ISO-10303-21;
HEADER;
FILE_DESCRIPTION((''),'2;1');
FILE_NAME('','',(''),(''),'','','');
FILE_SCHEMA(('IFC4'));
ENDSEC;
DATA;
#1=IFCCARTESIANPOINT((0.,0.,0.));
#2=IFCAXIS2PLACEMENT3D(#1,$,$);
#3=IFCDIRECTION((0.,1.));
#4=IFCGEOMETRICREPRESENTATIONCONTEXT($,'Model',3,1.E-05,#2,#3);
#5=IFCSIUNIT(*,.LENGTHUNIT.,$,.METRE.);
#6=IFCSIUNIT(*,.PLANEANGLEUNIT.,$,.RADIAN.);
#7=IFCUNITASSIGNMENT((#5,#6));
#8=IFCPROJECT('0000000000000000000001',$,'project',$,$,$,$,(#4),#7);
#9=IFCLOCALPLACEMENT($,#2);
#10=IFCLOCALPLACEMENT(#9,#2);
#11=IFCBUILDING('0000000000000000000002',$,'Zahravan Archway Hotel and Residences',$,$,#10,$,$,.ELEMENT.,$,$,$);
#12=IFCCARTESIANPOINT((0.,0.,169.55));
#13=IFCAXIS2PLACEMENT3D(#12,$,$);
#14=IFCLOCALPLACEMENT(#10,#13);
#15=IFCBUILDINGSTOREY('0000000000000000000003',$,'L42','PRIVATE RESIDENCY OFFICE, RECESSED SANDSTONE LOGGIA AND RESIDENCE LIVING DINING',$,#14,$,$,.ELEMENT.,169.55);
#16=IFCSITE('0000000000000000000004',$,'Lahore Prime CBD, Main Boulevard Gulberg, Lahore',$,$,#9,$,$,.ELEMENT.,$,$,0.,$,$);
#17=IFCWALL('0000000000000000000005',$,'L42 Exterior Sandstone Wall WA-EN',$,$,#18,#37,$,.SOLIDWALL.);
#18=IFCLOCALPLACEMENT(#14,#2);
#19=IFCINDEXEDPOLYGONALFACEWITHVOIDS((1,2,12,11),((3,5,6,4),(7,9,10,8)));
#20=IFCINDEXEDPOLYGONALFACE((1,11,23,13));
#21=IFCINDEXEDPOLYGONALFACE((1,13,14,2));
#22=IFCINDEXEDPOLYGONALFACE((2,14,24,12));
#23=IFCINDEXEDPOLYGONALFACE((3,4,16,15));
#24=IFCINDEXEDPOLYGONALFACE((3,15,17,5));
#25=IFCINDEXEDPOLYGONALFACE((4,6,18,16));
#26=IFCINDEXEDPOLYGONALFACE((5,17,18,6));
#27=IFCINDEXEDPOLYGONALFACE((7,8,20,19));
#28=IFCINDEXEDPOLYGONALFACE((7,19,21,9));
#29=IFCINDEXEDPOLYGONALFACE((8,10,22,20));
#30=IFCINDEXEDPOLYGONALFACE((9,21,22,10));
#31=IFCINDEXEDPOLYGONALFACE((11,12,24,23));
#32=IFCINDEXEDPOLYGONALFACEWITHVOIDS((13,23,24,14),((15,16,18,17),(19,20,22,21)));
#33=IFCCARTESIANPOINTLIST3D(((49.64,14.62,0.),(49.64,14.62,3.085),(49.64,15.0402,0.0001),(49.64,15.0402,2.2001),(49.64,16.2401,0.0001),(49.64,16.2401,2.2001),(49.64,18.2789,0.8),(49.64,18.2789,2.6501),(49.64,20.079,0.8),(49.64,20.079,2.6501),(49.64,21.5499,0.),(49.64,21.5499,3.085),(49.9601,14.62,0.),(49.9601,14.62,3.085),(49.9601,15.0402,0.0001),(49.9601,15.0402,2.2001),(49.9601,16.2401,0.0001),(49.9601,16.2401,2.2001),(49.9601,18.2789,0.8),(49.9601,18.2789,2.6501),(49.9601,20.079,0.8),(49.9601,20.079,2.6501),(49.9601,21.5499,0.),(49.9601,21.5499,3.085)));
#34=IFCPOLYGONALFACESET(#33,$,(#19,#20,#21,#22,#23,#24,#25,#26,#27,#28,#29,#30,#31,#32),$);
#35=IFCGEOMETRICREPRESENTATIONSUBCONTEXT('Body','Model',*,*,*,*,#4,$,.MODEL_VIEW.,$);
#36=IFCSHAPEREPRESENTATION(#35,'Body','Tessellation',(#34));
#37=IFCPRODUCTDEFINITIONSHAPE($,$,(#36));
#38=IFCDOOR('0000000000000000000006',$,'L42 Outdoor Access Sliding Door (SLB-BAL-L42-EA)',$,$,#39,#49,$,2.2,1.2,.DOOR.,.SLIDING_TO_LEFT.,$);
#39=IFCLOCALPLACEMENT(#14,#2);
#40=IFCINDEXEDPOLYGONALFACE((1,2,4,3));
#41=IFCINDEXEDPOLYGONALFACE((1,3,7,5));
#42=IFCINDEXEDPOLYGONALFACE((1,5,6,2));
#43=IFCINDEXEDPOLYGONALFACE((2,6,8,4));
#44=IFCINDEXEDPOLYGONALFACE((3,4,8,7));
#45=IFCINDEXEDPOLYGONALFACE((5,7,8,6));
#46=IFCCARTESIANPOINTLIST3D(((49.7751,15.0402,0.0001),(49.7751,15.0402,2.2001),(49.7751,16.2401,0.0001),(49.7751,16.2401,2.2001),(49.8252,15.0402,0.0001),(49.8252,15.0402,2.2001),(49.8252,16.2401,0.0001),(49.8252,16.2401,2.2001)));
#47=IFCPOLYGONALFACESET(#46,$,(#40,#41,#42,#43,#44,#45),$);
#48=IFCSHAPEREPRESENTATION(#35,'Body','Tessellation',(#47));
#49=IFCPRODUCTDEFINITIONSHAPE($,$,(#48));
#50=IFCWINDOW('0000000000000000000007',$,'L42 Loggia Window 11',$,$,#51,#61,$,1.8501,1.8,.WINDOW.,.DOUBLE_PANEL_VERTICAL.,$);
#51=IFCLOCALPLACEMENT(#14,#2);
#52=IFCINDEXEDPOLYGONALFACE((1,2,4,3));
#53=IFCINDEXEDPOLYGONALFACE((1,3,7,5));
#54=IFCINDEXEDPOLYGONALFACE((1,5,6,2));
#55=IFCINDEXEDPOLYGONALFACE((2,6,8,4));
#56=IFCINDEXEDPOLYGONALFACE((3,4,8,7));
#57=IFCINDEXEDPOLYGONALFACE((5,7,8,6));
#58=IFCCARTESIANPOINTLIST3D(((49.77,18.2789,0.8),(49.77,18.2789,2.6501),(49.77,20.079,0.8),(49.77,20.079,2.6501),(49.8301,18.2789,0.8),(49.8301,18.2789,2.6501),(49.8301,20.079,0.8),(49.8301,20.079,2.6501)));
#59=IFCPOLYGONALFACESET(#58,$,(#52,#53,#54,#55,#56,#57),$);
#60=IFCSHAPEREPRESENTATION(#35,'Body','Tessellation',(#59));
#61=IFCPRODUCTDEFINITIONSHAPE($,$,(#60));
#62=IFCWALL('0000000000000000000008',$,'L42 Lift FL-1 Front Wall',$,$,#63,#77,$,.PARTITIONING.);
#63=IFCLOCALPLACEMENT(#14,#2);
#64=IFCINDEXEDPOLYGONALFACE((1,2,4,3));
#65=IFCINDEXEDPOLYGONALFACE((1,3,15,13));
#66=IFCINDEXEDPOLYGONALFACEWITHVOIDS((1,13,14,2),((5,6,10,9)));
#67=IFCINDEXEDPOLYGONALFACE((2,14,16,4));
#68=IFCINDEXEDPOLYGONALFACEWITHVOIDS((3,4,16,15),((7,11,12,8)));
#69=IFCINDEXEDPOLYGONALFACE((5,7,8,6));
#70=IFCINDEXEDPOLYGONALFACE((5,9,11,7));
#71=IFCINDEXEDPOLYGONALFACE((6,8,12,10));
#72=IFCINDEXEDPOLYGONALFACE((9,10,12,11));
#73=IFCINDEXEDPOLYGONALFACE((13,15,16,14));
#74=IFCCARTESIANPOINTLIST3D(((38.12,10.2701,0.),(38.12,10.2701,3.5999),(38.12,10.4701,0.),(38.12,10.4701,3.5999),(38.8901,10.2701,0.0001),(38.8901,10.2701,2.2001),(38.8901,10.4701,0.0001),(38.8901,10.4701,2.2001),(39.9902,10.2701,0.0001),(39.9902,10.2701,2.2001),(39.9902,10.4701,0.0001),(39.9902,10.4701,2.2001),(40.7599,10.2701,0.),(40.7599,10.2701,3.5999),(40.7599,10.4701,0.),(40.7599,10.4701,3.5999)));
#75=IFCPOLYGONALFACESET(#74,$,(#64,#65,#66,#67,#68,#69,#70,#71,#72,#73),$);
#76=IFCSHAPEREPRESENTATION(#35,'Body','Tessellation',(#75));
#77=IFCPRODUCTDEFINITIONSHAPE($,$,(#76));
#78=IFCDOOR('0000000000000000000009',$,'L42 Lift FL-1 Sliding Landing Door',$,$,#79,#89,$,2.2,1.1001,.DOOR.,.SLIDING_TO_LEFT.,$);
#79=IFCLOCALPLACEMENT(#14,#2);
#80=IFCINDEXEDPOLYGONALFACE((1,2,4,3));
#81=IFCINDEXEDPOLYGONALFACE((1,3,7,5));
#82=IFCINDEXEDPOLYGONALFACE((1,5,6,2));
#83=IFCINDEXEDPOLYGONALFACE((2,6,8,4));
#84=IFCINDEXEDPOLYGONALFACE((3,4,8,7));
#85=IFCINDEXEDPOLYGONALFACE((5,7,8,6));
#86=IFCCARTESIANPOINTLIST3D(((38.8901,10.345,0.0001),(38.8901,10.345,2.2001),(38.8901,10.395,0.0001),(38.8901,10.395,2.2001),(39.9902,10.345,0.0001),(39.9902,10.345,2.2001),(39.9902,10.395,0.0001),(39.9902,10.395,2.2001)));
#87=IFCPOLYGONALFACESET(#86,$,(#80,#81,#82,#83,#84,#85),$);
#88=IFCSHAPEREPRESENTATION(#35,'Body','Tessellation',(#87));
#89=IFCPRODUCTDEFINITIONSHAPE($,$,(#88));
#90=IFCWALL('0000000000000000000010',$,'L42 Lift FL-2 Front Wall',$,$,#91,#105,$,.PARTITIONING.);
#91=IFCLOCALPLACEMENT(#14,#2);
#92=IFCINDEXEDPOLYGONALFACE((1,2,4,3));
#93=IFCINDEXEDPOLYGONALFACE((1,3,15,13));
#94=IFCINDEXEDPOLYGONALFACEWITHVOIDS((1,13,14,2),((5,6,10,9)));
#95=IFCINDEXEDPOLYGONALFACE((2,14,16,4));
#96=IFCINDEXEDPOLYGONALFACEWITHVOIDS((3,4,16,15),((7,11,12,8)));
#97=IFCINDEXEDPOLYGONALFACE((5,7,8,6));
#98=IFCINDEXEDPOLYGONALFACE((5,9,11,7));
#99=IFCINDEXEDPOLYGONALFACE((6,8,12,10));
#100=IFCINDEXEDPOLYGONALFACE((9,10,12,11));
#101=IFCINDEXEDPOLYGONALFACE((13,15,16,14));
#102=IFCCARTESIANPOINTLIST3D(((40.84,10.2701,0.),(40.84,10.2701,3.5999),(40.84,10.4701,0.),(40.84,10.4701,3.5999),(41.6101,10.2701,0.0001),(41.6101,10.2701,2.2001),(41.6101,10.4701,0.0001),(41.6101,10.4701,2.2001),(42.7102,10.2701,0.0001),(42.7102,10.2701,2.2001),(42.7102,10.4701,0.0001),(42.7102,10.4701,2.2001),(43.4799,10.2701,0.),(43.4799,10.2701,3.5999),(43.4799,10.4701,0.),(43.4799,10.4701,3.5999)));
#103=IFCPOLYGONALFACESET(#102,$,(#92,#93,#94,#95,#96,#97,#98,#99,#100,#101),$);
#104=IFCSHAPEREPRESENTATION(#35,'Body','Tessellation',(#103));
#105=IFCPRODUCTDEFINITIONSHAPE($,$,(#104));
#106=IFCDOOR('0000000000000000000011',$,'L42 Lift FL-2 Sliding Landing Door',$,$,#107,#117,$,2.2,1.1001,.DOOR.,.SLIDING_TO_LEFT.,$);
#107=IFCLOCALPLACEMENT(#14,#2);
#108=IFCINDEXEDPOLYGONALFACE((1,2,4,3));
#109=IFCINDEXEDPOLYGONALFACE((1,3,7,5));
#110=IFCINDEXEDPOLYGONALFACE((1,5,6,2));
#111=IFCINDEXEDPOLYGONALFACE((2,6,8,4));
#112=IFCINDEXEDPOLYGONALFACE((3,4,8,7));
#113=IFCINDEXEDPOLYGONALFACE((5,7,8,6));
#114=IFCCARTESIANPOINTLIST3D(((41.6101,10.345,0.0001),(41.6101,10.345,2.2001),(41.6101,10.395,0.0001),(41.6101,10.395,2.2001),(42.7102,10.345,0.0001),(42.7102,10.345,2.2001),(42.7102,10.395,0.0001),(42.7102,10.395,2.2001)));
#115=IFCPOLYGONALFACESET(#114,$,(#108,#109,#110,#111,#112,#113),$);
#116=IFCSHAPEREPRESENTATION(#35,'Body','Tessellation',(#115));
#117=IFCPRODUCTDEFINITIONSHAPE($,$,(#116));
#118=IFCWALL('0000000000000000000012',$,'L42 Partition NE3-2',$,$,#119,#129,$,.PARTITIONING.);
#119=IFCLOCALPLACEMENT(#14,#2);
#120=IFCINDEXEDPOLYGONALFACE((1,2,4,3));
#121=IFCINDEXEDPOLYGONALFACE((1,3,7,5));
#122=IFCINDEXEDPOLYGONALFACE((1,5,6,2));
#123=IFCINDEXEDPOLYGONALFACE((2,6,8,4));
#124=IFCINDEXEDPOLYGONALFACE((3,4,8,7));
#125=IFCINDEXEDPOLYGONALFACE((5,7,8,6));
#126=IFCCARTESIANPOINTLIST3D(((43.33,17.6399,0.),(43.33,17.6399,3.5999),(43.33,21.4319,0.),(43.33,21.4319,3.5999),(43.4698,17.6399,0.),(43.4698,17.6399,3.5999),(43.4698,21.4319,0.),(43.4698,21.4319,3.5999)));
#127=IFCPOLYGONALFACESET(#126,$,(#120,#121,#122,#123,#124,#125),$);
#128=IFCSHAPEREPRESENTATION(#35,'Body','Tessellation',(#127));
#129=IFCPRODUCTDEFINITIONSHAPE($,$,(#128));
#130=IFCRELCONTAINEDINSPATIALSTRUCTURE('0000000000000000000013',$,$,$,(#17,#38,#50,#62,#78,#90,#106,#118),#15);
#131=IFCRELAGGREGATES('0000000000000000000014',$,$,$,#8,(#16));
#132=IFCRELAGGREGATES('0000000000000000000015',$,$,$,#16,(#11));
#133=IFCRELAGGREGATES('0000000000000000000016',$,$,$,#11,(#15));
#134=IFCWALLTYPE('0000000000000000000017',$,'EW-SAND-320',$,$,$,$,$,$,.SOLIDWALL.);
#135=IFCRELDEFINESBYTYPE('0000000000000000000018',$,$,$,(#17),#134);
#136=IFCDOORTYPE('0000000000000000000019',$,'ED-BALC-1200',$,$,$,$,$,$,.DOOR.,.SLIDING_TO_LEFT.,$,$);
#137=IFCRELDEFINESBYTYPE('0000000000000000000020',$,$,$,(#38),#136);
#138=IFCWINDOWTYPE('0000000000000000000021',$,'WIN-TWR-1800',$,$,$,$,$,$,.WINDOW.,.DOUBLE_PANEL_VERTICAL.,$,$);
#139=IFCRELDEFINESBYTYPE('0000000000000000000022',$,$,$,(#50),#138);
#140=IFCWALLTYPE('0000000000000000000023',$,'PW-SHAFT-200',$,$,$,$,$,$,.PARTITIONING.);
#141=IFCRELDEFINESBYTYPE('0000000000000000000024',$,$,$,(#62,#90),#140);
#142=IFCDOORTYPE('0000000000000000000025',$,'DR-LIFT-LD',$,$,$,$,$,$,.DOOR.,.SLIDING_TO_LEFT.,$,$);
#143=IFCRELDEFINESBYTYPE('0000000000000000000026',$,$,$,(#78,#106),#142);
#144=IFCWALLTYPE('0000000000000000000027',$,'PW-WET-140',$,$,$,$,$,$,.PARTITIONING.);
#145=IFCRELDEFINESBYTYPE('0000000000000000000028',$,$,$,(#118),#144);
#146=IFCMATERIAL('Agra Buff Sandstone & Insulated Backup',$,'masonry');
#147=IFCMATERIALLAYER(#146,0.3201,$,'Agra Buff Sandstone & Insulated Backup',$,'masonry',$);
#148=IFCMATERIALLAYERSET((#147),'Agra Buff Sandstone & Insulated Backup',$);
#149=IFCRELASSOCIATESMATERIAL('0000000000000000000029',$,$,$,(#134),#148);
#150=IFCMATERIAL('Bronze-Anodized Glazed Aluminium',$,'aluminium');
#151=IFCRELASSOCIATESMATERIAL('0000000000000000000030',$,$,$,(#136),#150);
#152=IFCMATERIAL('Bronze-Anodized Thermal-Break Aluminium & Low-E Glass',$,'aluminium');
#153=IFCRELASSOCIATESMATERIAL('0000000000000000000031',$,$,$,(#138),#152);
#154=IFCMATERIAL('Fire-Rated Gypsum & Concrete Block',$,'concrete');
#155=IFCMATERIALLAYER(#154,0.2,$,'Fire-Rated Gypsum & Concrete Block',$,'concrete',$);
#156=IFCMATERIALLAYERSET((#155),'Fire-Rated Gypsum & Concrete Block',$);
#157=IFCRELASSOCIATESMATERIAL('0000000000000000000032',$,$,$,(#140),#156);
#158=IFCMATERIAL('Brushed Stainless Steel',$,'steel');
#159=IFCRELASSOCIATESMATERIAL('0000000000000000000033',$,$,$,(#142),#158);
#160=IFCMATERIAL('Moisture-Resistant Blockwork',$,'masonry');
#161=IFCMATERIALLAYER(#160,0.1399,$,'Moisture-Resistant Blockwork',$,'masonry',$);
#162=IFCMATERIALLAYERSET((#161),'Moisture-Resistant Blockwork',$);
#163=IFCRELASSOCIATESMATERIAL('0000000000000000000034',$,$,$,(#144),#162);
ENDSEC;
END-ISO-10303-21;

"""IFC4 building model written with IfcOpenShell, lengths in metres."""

from ifc_helpers import new_model, si_unit, direction, frame, frame_2d, origin, place, context, subcontext, project, spatial, rectangle, extrude, source, transform, mapped, material, layer, layer_set, type_object, type_shapes, element, fill, save


model = new_model("IFC4")

# Units and contexts
model_context = context("Model", 3, precision=1e-05, world=origin(), true_north=direction((0.0, 1.0)))
body_context = subcontext(model_context, "Body", "Model", "MODEL_VIEW")
ifc_project = project(units=[si_unit("LENGTHUNIT", "METRE"), si_unit("PLANEANGLEUNIT", "RADIAN")], contexts=[model_context])

# Site, building, storey
site_placement = place(None, origin())
site = spatial("IfcSite", under=ifc_project, at=site_placement, Name="Lahore Prime CBD, Main Boulevard Gulberg, Lahore", CompositionType="ELEMENT", RefElevation=0.0)
building_placement = place(site_placement, origin())
building = spatial("IfcBuilding", under=site, at=building_placement, Name="Zahravan Archway Hotel and Residences", CompositionType="ELEMENT")
storey_placement = place(building_placement, frame((0.0, 0.0, 169.55)))
storey = spatial("IfcBuildingStorey", under=building, at=storey_placement, Name="L42", Description="PRIVATE RESIDENCY OFFICE, RECESSED SANDSTONE LOGGIA AND RESIDENCE LIVING DINING", CompositionType="ELEMENT", Elevation=169.55)

# Wall, openings, door, window
ifc_material_1 = material(Name="Agra Buff Sandstone & Insulated Backup", Category="masonry")
ifc_layer_1 = layer(ifc_material_1, 0.3201, Name="Agra Buff Sandstone & Insulated Backup", Category="masonry")
ifc_layer_set_1 = layer_set([ifc_layer_1], Name="Agra Buff Sandstone & Insulated Backup")
wall_type_1 = type_object("IfcWallType", Name="EW-SAND-320", PredefinedType="SOLIDWALL", material=ifc_layer_set_1)
wall_1_placement = place(storey_placement, frame((49.8, 14.6201, 0.0), z_axis=(0.0, 0.0, 1.0), x_axis=(0.0, 1.0, 0.0)))
wall_1 = element("IfcWall", 1, at=wall_1_placement, inside=storey, type_object=wall_type_1, Name="L42 Exterior Sandstone Wall WA-EN", PredefinedType="SOLIDWALL", context=body_context, shape_type="SweptSolid", body=[
    extrude(rectangle(XDim=6.9299, YDim=0.3201, at=frame_2d((3.4648, 0.0))), origin(), (0.0, 0.0, 1.0), 3.085),
])
opening_1_placement = place(wall_1_placement, frame((0.4199, 0.0, 0.0)))
opening_1 = element("IfcOpeningElement", 2, at=opening_1_placement, cuts=wall_1, PredefinedType="OPENING", context=body_context, shape_type="SweptSolid", body=[
    extrude(rectangle(XDim=1.2, YDim=2.2, at=frame_2d((0.6001, 1.1001))), frame((0.0, 0.1699, 0.0), z_axis=(0.0, -1.0, 0.0), x_axis=(1.0, 0.0, 0.0)), (0.0, 0.0, 1.0), 0.3401),
])
opening_2_placement = place(wall_1_placement, frame((3.6589, 0.0, 0.8)))
opening_2 = element("IfcOpeningElement", 3, at=opening_2_placement, cuts=wall_1, PredefinedType="OPENING", context=body_context, shape_type="SweptSolid", body=[
    extrude(rectangle(XDim=1.8, YDim=1.8501, at=frame_2d((0.8999, 0.925))), frame((0.0, 0.1699, 0.0), z_axis=(0.0, -1.0, 0.0), x_axis=(1.0, 0.0, 0.0)), (0.0, 0.0, 1.0), 0.3401),
])
ifc_material_2 = material(Name="Bronze-Anodized Glazed Aluminium", Category="aluminium")
door_type_1 = type_object("IfcDoorType", Name="ED-BALC-1200", OperationType="SLIDING_TO_LEFT", PredefinedType="DOOR", material=ifc_material_2)
shared_shape_1 = source(origin(), body_context, "Body", "SweptSolid", [
    extrude(rectangle(XDim=1.2, YDim=2.2, at=frame_2d((0.6001, 1.1001))), frame((0.0, 0.0249, 0.0), z_axis=(0.0, -1.0, 0.0), x_axis=(1.0, 0.0, 0.0)), (0.0, 0.0, 1.0), 0.05),
])
type_shapes(door_type_1, [shared_shape_1])
door_1_placement = place(opening_1_placement, origin())
door_1 = element("IfcDoor", 4, at=door_1_placement, inside=storey, type_object=door_type_1, Name="L42 Outdoor Access Sliding Door (SLB-BAL-L42-EA)", OperationType="SLIDING_TO_LEFT", OverallHeight=2.2, OverallWidth=1.2, PredefinedType="DOOR", context=body_context, shape_type="MappedRepresentation", body=[
    mapped(shared_shape_1, transform((0.0, 0.0, 0.0), scale=1.0)),
])
fill(opening_1, door_1)
ifc_material_3 = material(Name="Bronze-Anodized Thermal-Break Aluminium & Low-E Glass", Category="aluminium")
window_type = type_object("IfcWindowType", Name="WIN-TWR-1800", PartitioningType="DOUBLE_PANEL_VERTICAL", PredefinedType="WINDOW", material=ifc_material_3)
shared_shape_2 = source(origin(), body_context, "Body", "SweptSolid", [
    extrude(rectangle(XDim=1.8, YDim=1.8501, at=frame_2d((0.8999, 0.925))), frame((0.0, 0.03, 0.0), z_axis=(0.0, -1.0, 0.0), x_axis=(1.0, 0.0, 0.0)), (0.0, 0.0, 1.0), 0.0601),
])
type_shapes(window_type, [shared_shape_2])
window_placement = place(opening_2_placement, origin())
window = element("IfcWindow", 5, at=window_placement, inside=storey, type_object=window_type, Name="L42 Loggia Window 11", OverallHeight=1.8501, OverallWidth=1.8, PartitioningType="DOUBLE_PANEL_VERTICAL", PredefinedType="WINDOW", context=body_context, shape_type="MappedRepresentation", body=[
    mapped(shared_shape_2, transform((0.0, 0.0, 0.0), scale=1.0)),
])
fill(opening_2, window)

# Walls, openings, doors
ifc_material_4 = material(Name="Fire-Rated Gypsum & Concrete Block", Category="concrete")
ifc_layer_2 = layer(ifc_material_4, 0.2, Name="Fire-Rated Gypsum & Concrete Block", Category="concrete")
ifc_layer_set_2 = layer_set([ifc_layer_2], Name="Fire-Rated Gypsum & Concrete Block")
wall_type_2 = type_object("IfcWallType", Name="PW-SHAFT-200", PredefinedType="PARTITIONING", material=ifc_layer_set_2)
wall_2_placement = place(storey_placement, frame((38.1201, 10.3701, 0.0), z_axis=(0.0, 0.0, 1.0), x_axis=(1.0, 0.0, 0.0)))
wall_2 = element("IfcWall", 6, at=wall_2_placement, inside=storey, type_object=wall_type_2, Name="L42 Lift FL-1 Front Wall", PredefinedType="PARTITIONING", context=body_context, shape_type="SweptSolid", body=[
    extrude(rectangle(XDim=2.6399, YDim=0.2, at=frame_2d((1.3198, 0.0))), origin(), (0.0, 0.0, 1.0), 3.5999),
])
opening_3_placement = place(wall_2_placement, frame((0.77, 0.0, 0.0)))
opening_3 = element("IfcOpeningElement", 7, at=opening_3_placement, cuts=wall_2, PredefinedType="OPENING", context=body_context, shape_type="SweptSolid", body=[
    extrude(rectangle(XDim=1.1001, YDim=2.2, at=frame_2d((0.55, 1.1001))), frame((0.0, 0.1099, 0.0), z_axis=(0.0, -1.0, 0.0), x_axis=(1.0, 0.0, 0.0)), (0.0, 0.0, 1.0), 0.22),
])
ifc_material_5 = material(Name="Brushed Stainless Steel", Category="steel")
door_type_2 = type_object("IfcDoorType", Name="DR-LIFT-LD", OperationType="SLIDING_TO_LEFT", PredefinedType="DOOR", material=ifc_material_5)
shared_shape_3 = source(origin(), body_context, "Body", "SweptSolid", [
    extrude(rectangle(XDim=1.1001, YDim=2.2, at=frame_2d((0.55, 1.1001))), frame((0.0, 0.0249, 0.0), z_axis=(0.0, -1.0, 0.0), x_axis=(1.0, 0.0, 0.0)), (0.0, 0.0, 1.0), 0.05),
])
type_shapes(door_type_2, [shared_shape_3])
door_2_placement = place(opening_3_placement, origin())
door_2 = element("IfcDoor", 8, at=door_2_placement, inside=storey, type_object=door_type_2, Name="L42 Lift FL-1 Sliding Landing Door", OperationType="SLIDING_TO_LEFT", OverallHeight=2.2, OverallWidth=1.1001, PredefinedType="DOOR", context=body_context, shape_type="MappedRepresentation", body=[
    mapped(shared_shape_3, transform((0.0, 0.0, 0.0), scale=1.0)),
])
fill(opening_3, door_2)
wall_3_placement = place(storey_placement, frame((40.8401, 10.3701, 0.0), z_axis=(0.0, 0.0, 1.0), x_axis=(1.0, 0.0, 0.0)))
wall_3 = element("IfcWall", 9, at=wall_3_placement, inside=storey, type_object=wall_type_2, Name="L42 Lift FL-2 Front Wall", PredefinedType="PARTITIONING", context=body_context, shape_type="SweptSolid", body=[
    extrude(rectangle(XDim=2.6399, YDim=0.2, at=frame_2d((1.3198, 0.0))), origin(), (0.0, 0.0, 1.0), 3.5999),
])
opening_4_placement = place(wall_3_placement, frame((0.77, 0.0, 0.0)))
opening_4 = element("IfcOpeningElement", 10, at=opening_4_placement, cuts=wall_3, PredefinedType="OPENING", context=body_context, shape_type="SweptSolid", body=[
    extrude(rectangle(XDim=1.1001, YDim=2.2, at=frame_2d((0.55, 1.1001))), frame((0.0, 0.1099, 0.0), z_axis=(0.0, -1.0, 0.0), x_axis=(1.0, 0.0, 0.0)), (0.0, 0.0, 1.0), 0.22),
])
door_3_placement = place(opening_4_placement, origin())
door_3 = element("IfcDoor", 11, at=door_3_placement, inside=storey, type_object=door_type_2, Name="L42 Lift FL-2 Sliding Landing Door", OperationType="SLIDING_TO_LEFT", OverallHeight=2.2, OverallWidth=1.1001, PredefinedType="DOOR", context=body_context, shape_type="MappedRepresentation", body=[
    mapped(shared_shape_3, transform((0.0, 0.0, 0.0), scale=1.0)),
])
fill(opening_4, door_3)

# Wall
ifc_material_6 = material(Name="Moisture-Resistant Blockwork", Category="masonry")
ifc_layer_3 = layer(ifc_material_6, 0.1399, Name="Moisture-Resistant Blockwork", Category="masonry")
ifc_layer_set_3 = layer_set([ifc_layer_3], Name="Moisture-Resistant Blockwork")
wall_type_3 = type_object("IfcWallType", Name="PW-WET-140", PredefinedType="PARTITIONING", material=ifc_layer_set_3)
wall_4_placement = place(storey_placement, frame((43.3999, 17.6399, 0.0), z_axis=(0.0, 0.0, 1.0), x_axis=(0.0, 1.0, 0.0)))
element("IfcWall", 12, at=wall_4_placement, inside=storey, type_object=wall_type_3, Name="L42 Partition NE3-2", PredefinedType="PARTITIONING", context=body_context, shape_type="SweptSolid", body=[
    extrude(rectangle(XDim=3.792, YDim=0.1399, at=frame_2d((1.896, 0.0))), origin(), (0.0, 0.0, 1.0), 3.5999),
])

save(model, "model.ifc")
